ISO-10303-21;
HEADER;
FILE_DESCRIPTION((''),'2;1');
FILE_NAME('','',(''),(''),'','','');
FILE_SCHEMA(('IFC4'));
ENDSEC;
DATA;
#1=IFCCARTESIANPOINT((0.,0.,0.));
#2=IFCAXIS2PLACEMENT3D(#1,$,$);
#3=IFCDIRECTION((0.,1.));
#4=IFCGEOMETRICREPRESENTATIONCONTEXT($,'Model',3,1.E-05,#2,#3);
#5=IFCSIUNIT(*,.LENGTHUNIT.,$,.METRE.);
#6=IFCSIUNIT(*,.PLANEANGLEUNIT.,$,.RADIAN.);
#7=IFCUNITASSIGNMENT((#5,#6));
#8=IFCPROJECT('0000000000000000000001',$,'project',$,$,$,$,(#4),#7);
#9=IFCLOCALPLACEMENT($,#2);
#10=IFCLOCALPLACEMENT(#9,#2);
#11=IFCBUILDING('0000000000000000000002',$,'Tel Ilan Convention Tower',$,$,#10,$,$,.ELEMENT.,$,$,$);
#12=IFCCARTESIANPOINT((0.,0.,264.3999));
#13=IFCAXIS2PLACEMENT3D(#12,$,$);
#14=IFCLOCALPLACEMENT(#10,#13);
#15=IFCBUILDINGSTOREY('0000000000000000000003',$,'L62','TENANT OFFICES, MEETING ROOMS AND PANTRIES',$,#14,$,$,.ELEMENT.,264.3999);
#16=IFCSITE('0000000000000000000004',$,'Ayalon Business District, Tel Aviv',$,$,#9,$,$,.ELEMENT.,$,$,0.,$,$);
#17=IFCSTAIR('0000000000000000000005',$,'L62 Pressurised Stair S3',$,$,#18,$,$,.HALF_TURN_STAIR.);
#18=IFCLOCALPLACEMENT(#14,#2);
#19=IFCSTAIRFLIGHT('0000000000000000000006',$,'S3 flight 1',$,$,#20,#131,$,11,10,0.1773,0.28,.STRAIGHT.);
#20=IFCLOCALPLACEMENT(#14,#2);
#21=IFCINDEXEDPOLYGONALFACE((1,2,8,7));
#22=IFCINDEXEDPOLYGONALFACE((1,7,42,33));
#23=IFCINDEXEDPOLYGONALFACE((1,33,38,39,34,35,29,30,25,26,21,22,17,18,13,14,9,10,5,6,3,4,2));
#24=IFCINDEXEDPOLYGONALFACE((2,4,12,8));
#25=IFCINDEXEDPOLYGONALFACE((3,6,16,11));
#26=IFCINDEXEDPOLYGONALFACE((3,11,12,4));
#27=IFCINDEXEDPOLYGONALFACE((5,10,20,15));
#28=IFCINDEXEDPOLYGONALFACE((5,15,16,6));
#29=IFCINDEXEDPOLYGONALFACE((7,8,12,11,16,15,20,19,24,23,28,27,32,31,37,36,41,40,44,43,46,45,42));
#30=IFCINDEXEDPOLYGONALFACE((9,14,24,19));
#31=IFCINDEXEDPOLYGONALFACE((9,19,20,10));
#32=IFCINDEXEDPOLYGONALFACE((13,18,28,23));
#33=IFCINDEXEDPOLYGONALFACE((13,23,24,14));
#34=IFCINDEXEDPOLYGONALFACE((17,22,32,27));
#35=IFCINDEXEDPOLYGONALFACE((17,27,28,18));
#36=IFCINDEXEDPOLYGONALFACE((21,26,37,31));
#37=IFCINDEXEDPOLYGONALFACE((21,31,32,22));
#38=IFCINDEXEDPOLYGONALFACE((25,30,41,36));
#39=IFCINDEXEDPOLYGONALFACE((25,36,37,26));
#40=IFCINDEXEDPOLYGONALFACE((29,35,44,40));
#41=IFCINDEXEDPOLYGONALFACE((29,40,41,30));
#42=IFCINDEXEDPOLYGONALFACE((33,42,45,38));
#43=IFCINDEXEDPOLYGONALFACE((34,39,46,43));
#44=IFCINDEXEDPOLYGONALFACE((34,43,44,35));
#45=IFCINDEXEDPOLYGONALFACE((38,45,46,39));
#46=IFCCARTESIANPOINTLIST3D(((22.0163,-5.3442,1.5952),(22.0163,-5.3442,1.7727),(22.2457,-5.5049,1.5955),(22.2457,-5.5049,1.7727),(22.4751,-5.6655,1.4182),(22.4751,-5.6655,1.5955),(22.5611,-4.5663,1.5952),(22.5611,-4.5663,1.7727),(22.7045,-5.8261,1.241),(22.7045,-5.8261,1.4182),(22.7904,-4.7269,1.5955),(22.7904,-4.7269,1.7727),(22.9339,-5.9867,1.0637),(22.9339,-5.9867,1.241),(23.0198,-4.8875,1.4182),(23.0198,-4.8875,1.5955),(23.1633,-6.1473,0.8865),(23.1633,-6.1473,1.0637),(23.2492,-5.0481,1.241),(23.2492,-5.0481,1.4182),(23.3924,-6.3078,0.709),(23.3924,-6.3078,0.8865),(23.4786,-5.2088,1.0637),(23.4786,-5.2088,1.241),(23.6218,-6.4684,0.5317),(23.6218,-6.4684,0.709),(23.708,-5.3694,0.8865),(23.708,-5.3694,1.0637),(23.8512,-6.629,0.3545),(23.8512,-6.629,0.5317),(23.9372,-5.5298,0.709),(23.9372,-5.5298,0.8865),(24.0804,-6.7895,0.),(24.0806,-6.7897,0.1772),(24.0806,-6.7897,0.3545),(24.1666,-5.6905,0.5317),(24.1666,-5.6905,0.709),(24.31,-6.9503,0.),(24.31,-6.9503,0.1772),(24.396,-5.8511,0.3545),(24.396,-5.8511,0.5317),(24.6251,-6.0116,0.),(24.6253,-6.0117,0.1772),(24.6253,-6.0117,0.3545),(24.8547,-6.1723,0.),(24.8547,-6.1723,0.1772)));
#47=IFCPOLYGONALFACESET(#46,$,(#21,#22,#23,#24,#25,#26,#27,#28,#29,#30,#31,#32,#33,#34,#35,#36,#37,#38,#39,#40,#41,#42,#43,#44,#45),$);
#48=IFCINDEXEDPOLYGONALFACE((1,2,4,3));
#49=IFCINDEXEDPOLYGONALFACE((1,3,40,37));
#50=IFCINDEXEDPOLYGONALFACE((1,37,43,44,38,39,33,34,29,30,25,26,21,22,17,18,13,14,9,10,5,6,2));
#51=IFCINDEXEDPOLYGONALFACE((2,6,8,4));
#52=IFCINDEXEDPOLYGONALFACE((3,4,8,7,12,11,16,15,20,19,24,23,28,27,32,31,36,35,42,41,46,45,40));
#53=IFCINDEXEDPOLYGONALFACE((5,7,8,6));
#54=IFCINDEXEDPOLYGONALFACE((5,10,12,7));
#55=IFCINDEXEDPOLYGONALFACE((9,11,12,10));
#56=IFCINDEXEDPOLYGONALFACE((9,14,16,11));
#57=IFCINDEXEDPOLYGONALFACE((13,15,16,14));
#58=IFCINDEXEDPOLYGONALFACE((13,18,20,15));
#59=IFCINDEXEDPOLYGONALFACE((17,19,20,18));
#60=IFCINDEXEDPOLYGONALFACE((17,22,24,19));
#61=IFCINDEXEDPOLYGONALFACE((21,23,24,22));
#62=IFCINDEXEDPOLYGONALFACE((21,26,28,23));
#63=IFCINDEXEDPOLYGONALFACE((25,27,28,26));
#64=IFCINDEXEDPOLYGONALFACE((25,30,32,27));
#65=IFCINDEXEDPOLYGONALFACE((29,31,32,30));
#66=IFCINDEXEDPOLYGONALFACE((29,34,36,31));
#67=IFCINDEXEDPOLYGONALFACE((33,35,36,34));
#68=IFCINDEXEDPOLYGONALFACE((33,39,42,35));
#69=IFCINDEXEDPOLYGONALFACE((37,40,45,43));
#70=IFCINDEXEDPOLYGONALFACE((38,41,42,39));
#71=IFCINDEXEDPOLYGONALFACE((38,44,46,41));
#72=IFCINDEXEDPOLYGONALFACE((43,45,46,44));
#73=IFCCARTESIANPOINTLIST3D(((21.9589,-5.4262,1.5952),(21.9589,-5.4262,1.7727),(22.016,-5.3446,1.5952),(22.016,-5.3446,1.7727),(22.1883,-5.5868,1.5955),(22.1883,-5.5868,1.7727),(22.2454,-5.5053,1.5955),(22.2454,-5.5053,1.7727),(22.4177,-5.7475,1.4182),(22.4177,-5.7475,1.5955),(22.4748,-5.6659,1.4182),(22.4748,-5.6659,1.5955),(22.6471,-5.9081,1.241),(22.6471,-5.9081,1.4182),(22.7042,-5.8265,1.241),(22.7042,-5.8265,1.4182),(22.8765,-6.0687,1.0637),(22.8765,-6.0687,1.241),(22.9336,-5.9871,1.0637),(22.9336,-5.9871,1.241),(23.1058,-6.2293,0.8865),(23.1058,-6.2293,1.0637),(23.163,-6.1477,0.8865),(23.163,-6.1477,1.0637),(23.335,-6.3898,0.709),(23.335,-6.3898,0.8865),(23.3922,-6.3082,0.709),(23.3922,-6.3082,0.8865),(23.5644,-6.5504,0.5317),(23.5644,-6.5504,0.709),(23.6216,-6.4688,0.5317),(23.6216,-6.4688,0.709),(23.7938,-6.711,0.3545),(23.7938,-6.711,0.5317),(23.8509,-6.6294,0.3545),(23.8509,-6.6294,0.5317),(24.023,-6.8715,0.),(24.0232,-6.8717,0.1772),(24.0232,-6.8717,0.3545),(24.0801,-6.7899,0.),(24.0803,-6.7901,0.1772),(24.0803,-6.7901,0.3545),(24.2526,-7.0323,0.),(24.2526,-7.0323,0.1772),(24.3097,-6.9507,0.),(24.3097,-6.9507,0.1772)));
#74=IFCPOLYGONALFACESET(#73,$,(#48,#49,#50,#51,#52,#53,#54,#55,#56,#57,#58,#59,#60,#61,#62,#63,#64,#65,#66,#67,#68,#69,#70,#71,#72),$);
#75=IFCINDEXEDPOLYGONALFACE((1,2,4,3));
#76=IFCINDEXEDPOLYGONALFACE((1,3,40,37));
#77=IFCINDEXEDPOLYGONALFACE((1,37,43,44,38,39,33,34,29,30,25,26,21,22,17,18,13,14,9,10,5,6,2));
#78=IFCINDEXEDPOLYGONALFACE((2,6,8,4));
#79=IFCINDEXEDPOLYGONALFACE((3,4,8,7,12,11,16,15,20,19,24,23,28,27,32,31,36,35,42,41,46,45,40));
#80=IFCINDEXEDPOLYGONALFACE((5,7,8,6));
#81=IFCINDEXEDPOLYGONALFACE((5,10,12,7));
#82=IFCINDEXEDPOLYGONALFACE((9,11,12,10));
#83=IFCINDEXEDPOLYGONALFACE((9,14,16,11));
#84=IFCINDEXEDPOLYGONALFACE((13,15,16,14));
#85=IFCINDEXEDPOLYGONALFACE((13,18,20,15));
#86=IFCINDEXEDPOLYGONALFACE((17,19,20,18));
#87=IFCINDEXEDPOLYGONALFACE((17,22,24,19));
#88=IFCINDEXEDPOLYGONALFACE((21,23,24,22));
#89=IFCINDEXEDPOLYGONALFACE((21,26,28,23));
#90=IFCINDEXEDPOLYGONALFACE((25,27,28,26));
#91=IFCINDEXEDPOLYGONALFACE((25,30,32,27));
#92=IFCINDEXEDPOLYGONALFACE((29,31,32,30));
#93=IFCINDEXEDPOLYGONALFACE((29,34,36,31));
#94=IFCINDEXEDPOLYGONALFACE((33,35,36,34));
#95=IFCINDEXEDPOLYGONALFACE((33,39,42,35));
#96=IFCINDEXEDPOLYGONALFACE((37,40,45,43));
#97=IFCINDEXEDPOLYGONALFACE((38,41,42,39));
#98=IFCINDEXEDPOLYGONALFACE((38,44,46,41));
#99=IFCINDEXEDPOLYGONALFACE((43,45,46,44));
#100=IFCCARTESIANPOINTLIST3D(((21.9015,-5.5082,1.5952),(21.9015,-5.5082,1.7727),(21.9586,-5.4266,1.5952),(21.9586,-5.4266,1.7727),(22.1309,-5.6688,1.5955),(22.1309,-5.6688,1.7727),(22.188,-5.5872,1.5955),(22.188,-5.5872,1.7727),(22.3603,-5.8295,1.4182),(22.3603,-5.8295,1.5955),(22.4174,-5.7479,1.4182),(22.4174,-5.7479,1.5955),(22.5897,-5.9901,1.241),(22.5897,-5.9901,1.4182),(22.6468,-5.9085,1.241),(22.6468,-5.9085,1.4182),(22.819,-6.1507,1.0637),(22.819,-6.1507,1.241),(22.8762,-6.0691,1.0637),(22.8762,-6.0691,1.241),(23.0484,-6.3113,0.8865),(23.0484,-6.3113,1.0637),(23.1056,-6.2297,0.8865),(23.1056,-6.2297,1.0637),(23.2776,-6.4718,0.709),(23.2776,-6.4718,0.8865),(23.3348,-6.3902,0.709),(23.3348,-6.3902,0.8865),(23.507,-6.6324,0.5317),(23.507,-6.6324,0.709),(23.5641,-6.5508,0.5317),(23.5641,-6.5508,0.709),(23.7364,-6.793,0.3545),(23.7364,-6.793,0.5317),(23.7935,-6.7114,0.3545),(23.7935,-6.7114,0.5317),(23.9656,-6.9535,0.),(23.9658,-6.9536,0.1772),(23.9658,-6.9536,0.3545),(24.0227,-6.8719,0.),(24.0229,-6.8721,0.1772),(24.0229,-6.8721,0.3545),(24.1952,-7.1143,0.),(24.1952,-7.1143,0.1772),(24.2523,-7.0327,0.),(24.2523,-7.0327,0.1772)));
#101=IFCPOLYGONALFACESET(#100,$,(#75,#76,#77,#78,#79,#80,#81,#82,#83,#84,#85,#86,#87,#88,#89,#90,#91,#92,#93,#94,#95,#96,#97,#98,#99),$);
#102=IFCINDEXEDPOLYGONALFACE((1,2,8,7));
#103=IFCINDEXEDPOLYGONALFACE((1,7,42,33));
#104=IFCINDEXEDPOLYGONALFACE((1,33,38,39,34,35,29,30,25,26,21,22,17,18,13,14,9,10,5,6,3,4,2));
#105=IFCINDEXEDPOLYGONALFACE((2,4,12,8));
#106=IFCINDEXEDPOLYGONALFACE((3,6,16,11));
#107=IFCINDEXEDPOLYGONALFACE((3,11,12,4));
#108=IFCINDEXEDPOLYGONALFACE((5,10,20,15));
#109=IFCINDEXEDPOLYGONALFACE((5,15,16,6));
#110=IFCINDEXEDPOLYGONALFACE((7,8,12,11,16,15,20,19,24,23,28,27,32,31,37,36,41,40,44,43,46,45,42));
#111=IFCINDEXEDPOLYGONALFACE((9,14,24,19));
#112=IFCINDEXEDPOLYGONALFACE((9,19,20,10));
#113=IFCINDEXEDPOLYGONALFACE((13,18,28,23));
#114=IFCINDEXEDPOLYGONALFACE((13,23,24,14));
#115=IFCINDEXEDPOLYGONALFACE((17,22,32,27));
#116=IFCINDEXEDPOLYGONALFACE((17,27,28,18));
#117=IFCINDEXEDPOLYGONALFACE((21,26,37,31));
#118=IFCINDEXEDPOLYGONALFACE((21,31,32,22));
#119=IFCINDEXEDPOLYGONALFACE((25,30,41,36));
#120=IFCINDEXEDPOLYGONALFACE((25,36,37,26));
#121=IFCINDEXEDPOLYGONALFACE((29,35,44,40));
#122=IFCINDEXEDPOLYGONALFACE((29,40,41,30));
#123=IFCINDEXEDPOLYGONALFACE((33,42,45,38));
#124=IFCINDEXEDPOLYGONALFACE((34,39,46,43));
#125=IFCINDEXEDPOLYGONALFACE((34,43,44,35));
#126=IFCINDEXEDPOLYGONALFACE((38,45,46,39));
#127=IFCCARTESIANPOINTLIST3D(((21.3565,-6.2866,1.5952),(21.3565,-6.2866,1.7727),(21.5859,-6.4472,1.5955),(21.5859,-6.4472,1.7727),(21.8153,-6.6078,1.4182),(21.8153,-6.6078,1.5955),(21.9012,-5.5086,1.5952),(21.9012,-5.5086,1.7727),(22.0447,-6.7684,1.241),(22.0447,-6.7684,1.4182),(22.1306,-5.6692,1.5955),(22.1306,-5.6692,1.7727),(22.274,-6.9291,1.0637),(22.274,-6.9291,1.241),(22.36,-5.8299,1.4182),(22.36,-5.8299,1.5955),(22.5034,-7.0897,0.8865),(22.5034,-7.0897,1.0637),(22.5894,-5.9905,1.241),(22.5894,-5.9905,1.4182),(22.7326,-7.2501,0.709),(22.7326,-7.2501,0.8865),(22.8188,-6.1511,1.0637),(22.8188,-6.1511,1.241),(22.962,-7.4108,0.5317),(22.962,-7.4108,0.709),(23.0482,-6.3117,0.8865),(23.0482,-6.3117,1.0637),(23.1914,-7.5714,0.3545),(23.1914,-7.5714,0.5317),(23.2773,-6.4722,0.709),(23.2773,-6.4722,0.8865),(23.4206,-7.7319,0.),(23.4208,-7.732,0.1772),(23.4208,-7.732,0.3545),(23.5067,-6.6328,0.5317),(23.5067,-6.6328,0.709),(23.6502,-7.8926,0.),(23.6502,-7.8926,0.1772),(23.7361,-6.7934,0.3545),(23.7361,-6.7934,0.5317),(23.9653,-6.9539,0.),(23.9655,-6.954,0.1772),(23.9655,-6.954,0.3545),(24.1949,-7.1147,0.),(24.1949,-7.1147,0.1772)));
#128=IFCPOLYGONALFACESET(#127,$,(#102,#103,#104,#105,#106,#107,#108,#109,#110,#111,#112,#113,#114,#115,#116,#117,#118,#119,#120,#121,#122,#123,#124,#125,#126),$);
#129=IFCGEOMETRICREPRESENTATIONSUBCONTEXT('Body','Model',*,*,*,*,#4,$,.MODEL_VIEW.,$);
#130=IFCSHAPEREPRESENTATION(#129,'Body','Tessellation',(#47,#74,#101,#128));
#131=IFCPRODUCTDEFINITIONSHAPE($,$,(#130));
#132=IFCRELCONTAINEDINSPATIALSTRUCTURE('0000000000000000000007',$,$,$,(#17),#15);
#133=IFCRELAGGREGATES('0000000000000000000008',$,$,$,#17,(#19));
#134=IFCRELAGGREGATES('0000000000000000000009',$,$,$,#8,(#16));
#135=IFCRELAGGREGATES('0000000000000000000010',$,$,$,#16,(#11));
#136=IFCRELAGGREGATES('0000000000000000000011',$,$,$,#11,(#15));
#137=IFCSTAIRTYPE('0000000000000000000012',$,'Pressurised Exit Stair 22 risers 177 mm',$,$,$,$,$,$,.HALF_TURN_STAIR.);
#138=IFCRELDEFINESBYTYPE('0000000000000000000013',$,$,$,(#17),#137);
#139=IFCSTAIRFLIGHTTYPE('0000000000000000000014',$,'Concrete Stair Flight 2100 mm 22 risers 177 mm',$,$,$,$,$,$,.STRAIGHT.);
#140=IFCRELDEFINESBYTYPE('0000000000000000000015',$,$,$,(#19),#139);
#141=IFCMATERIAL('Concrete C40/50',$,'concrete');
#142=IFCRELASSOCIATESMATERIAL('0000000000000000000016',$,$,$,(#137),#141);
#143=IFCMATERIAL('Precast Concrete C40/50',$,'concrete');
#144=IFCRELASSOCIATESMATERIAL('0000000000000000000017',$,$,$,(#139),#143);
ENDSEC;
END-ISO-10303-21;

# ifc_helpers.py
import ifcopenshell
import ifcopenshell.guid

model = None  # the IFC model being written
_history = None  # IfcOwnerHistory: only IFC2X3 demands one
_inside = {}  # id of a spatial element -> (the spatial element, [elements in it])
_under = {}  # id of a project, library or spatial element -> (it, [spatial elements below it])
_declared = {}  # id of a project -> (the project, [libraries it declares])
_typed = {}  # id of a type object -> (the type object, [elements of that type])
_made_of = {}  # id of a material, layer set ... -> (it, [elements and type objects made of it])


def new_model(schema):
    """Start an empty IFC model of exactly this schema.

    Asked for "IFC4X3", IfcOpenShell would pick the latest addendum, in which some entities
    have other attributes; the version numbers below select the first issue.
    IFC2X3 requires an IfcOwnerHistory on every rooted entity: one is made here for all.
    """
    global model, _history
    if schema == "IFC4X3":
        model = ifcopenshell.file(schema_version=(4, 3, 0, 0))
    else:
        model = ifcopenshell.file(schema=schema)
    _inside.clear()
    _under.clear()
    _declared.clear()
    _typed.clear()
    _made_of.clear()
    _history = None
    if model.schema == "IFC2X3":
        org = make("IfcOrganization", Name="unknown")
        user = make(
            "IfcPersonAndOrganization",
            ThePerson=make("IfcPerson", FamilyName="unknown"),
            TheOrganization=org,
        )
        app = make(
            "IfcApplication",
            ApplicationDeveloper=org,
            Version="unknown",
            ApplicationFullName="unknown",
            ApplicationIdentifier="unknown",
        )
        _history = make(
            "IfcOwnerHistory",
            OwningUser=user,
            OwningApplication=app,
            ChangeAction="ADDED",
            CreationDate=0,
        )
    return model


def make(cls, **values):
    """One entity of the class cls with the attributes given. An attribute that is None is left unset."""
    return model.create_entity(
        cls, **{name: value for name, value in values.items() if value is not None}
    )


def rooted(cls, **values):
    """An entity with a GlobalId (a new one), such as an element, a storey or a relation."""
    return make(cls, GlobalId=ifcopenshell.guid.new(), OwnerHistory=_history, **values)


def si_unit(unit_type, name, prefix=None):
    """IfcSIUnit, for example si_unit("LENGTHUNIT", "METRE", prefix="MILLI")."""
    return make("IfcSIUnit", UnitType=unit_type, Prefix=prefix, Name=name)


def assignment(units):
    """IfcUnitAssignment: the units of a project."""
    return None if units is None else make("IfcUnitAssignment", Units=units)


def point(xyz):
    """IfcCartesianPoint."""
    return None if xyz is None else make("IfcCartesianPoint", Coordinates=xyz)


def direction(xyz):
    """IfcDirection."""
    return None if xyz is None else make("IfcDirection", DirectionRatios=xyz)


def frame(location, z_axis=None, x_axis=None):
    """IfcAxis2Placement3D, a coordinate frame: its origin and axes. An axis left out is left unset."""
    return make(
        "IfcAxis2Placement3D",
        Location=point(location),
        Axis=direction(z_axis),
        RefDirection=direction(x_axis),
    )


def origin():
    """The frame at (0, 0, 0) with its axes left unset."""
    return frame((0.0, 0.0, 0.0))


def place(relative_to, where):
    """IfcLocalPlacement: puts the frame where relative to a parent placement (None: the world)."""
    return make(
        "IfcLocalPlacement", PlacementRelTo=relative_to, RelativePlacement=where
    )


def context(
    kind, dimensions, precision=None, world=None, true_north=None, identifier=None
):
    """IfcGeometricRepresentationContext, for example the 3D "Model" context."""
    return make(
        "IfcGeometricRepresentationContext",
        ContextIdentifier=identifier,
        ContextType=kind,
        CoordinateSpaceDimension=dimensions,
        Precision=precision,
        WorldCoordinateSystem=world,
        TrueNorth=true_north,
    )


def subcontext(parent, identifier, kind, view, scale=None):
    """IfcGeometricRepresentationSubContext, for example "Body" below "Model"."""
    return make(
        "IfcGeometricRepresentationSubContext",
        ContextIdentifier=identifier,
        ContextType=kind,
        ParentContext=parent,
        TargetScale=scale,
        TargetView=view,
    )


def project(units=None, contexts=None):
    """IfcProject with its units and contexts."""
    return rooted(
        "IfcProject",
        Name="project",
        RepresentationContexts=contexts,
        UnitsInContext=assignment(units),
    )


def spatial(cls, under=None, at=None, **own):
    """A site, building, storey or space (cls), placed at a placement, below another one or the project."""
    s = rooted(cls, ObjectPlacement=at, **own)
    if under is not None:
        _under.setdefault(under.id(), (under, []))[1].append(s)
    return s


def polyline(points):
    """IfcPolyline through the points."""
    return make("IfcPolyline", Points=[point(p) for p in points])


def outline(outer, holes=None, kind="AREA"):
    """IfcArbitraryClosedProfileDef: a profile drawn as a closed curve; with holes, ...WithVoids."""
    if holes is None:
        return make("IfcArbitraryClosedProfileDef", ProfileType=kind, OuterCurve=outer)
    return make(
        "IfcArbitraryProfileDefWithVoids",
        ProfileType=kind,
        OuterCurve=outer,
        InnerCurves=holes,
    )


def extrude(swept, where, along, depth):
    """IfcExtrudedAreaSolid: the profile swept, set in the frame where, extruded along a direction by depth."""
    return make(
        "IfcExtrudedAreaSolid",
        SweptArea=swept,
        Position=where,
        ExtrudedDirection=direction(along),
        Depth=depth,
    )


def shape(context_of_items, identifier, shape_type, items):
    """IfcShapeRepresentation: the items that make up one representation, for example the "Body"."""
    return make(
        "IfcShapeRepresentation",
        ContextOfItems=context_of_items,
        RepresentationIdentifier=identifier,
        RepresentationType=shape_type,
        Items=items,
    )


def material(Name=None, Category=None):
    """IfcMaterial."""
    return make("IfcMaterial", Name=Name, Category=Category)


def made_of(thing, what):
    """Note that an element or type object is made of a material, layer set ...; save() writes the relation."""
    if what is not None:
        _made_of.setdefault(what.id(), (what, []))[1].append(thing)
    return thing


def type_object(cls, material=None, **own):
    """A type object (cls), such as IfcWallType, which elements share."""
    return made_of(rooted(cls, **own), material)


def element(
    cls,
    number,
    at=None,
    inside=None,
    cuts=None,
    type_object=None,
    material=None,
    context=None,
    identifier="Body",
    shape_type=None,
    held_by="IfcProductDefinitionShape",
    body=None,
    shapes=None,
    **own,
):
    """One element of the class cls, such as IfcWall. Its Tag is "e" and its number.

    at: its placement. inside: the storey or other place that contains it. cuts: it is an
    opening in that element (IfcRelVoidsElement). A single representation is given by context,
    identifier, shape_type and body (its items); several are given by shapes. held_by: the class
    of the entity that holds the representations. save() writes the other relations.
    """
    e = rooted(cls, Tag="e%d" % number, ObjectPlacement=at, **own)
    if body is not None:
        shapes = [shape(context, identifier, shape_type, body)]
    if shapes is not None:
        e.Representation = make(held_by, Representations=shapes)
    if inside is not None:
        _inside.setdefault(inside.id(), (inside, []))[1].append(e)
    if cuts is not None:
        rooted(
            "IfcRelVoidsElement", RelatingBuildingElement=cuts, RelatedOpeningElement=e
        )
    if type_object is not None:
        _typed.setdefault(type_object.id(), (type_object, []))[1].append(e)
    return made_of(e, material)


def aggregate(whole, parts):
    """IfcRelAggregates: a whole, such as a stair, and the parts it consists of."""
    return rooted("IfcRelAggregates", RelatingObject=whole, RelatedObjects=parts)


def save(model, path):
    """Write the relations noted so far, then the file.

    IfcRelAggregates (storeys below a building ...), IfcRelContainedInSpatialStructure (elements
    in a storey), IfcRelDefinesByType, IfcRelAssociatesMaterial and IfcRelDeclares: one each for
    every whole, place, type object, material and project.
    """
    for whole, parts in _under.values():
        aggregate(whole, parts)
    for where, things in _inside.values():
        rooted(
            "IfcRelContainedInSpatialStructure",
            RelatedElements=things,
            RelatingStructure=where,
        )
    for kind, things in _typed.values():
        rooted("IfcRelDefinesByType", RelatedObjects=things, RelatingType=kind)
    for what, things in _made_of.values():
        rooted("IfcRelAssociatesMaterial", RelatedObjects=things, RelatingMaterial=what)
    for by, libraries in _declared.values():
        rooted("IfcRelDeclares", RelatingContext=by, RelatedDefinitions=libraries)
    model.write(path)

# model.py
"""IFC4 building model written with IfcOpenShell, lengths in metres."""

from ifc_helpers import new_model, si_unit, direction, frame, origin, place, context, subcontext, project, spatial, polyline, outline, extrude, material, type_object, element, aggregate, save


model = new_model("IFC4")

# Units and contexts
model_context = context("Model", 3, precision=1e-05, world=origin(), true_north=direction((0.0, 1.0)))
body_context = subcontext(model_context, "Body", "Model", "MODEL_VIEW")
ifc_project = project(units=[si_unit("LENGTHUNIT", "METRE"), si_unit("PLANEANGLEUNIT", "RADIAN")], contexts=[model_context])

# Site, building, storey
site_placement = place(None, origin())
site = spatial("IfcSite", under=ifc_project, at=site_placement, Name="Ayalon Business District, Tel Aviv", CompositionType="ELEMENT", RefElevation=0.0)
building_placement = place(site_placement, origin())
building = spatial("IfcBuilding", under=site, at=building_placement, Name="Tel Ilan Convention Tower", CompositionType="ELEMENT")
storey_placement = place(building_placement, frame((0.0, 0.0, 264.3999)))
storey = spatial("IfcBuildingStorey", under=building, at=storey_placement, Name="L62", Description="TENANT OFFICES, MEETING ROOMS AND PANTRIES", CompositionType="ELEMENT", Elevation=264.3999)

# Stair, stair flight
ifc_material_1 = material(Name="Concrete C40/50", Category="concrete")
stair_type = type_object("IfcStairType", Name="Pressurised Exit Stair 22 risers 177 mm", PredefinedType="HALF_TURN_STAIR", material=ifc_material_1)
stair_placement = place(storey_placement, origin())
stair = element("IfcStair", 1, at=stair_placement, inside=storey, type_object=stair_type, Name="L62 Pressurised Stair S3", PredefinedType="HALF_TURN_STAIR")
ifc_material_2 = material(Name="Precast Concrete C40/50", Category="concrete")
stair_flight_type = type_object("IfcStairFlightType", Name="Concrete Stair Flight 2100 mm 22 risers 177 mm", PredefinedType="STRAIGHT", material=ifc_material_2)
stair_flight_1_placement = place(storey_placement, frame((24.2524, -7.0325, 0.0), z_axis=(0.0, 0.0, 1.0), x_axis=(-0.819152, 0.573576, 0.0)))
stair_flight_1 = element("IfcStairFlight", 2, at=stair_flight_1_placement, type_object=stair_flight_type, Name="S3 flight 1", NumberOfRisers=11, NumberOfTreads=10, PredefinedType="STRAIGHT", RiserHeight=0.1773, TreadLength=0.28, context=body_context, shape_type="SweptSolid", body=[
    extrude(outline(polyline([(0.0, 0.0), (0.0, 0.1772), (0.28, 0.1772), (0.28, 0.3545), (0.5601, 0.3545), (0.5601, 0.5317), (0.8401, 0.5317), (0.8401, 0.709), (1.1201, 0.709), (1.1201, 0.8865), (1.3999, 0.8865), (1.3999, 1.0637), (1.6799, 1.0637), (1.6799, 1.241), (1.96, 1.241), (1.96, 1.4182), (2.24, 1.4182), (2.24, 1.5955), (2.52, 1.5955), (2.52, 1.7727), (2.8, 1.7727), (2.8, 1.95), (2.8, 1.5952), (0.2803, 0.0), (0.0, 0.0)])), frame((0.0, -0.1003, 0.0), z_axis=(0.0, -1.0, 0.0), x_axis=(1.0, 0.0, 0.0)), (0.0, 0.0, 1.0), 0.9497),
    extrude(outline(polyline([(0.0, 0.0), (0.0, 0.1772), (0.28, 0.1772), (0.28, 0.3545), (0.5601, 0.3545), (0.5601, 0.5317), (0.8401, 0.5317), (0.8401, 0.709), (1.1201, 0.709), (1.1201, 0.8865), (1.3999, 0.8865), (1.3999, 1.0637), (1.6799, 1.0637), (1.6799, 1.241), (1.96, 1.241), (1.96, 1.4182), (2.24, 1.4182), (2.24, 1.5955), (2.52, 1.5955), (2.52, 1.7727), (2.8, 1.7727), (2.8, 1.95), (2.8, 1.5952), (0.2803, 0.0), (0.0, 0.0)])), frame((0.0, -0.0002, 0.0), z_axis=(0.0, -1.0, 0.0), x_axis=(1.0, 0.0, 0.0)), (0.0, 0.0, 1.0), 0.0996),
    extrude(outline(polyline([(0.0, 0.0), (0.0, 0.1772), (0.28, 0.1772), (0.28, 0.3545), (0.5601, 0.3545), (0.5601, 0.5317), (0.8401, 0.5317), (0.8401, 0.709), (1.1201, 0.709), (1.1201, 0.8865), (1.3999, 0.8865), (1.3999, 1.0637), (1.6799, 1.0637), (1.6799, 1.241), (1.96, 1.241), (1.96, 1.4182), (2.24, 1.4182), (2.24, 1.5955), (2.52, 1.5955), (2.52, 1.7727), (2.8, 1.7727), (2.8, 1.95), (2.8, 1.5952), (0.2803, 0.0), (0.0, 0.0)])), frame((0.0, 0.0999, 0.0), z_axis=(0.0, -1.0, 0.0), x_axis=(1.0, 0.0, 0.0)), (0.0, 0.0, 1.0), 0.0996),
    extrude(outline(polyline([(0.0, 0.0), (0.0, 0.1772), (0.28, 0.1772), (0.28, 0.3545), (0.5601, 0.3545), (0.5601, 0.5317), (0.8401, 0.5317), (0.8401, 0.709), (1.1201, 0.709), (1.1201, 0.8865), (1.3999, 0.8865), (1.3999, 1.0637), (1.6799, 1.0637), (1.6799, 1.241), (1.96, 1.241), (1.96, 1.4182), (2.24, 1.4182), (2.24, 1.5955), (2.52, 1.5955), (2.52, 1.7727), (2.8, 1.7727), (2.8, 1.95), (2.8, 1.5952), (0.2803, 0.0), (0.0, 0.0)])), frame((0.0, 1.05, 0.0), z_axis=(0.0, -1.0, 0.0), x_axis=(1.0, 0.0, 0.0)), (0.0, 0.0, 1.0), 0.9497),
])
aggregate(stair, [stair_flight_1])

save(model, "model.ifc")
